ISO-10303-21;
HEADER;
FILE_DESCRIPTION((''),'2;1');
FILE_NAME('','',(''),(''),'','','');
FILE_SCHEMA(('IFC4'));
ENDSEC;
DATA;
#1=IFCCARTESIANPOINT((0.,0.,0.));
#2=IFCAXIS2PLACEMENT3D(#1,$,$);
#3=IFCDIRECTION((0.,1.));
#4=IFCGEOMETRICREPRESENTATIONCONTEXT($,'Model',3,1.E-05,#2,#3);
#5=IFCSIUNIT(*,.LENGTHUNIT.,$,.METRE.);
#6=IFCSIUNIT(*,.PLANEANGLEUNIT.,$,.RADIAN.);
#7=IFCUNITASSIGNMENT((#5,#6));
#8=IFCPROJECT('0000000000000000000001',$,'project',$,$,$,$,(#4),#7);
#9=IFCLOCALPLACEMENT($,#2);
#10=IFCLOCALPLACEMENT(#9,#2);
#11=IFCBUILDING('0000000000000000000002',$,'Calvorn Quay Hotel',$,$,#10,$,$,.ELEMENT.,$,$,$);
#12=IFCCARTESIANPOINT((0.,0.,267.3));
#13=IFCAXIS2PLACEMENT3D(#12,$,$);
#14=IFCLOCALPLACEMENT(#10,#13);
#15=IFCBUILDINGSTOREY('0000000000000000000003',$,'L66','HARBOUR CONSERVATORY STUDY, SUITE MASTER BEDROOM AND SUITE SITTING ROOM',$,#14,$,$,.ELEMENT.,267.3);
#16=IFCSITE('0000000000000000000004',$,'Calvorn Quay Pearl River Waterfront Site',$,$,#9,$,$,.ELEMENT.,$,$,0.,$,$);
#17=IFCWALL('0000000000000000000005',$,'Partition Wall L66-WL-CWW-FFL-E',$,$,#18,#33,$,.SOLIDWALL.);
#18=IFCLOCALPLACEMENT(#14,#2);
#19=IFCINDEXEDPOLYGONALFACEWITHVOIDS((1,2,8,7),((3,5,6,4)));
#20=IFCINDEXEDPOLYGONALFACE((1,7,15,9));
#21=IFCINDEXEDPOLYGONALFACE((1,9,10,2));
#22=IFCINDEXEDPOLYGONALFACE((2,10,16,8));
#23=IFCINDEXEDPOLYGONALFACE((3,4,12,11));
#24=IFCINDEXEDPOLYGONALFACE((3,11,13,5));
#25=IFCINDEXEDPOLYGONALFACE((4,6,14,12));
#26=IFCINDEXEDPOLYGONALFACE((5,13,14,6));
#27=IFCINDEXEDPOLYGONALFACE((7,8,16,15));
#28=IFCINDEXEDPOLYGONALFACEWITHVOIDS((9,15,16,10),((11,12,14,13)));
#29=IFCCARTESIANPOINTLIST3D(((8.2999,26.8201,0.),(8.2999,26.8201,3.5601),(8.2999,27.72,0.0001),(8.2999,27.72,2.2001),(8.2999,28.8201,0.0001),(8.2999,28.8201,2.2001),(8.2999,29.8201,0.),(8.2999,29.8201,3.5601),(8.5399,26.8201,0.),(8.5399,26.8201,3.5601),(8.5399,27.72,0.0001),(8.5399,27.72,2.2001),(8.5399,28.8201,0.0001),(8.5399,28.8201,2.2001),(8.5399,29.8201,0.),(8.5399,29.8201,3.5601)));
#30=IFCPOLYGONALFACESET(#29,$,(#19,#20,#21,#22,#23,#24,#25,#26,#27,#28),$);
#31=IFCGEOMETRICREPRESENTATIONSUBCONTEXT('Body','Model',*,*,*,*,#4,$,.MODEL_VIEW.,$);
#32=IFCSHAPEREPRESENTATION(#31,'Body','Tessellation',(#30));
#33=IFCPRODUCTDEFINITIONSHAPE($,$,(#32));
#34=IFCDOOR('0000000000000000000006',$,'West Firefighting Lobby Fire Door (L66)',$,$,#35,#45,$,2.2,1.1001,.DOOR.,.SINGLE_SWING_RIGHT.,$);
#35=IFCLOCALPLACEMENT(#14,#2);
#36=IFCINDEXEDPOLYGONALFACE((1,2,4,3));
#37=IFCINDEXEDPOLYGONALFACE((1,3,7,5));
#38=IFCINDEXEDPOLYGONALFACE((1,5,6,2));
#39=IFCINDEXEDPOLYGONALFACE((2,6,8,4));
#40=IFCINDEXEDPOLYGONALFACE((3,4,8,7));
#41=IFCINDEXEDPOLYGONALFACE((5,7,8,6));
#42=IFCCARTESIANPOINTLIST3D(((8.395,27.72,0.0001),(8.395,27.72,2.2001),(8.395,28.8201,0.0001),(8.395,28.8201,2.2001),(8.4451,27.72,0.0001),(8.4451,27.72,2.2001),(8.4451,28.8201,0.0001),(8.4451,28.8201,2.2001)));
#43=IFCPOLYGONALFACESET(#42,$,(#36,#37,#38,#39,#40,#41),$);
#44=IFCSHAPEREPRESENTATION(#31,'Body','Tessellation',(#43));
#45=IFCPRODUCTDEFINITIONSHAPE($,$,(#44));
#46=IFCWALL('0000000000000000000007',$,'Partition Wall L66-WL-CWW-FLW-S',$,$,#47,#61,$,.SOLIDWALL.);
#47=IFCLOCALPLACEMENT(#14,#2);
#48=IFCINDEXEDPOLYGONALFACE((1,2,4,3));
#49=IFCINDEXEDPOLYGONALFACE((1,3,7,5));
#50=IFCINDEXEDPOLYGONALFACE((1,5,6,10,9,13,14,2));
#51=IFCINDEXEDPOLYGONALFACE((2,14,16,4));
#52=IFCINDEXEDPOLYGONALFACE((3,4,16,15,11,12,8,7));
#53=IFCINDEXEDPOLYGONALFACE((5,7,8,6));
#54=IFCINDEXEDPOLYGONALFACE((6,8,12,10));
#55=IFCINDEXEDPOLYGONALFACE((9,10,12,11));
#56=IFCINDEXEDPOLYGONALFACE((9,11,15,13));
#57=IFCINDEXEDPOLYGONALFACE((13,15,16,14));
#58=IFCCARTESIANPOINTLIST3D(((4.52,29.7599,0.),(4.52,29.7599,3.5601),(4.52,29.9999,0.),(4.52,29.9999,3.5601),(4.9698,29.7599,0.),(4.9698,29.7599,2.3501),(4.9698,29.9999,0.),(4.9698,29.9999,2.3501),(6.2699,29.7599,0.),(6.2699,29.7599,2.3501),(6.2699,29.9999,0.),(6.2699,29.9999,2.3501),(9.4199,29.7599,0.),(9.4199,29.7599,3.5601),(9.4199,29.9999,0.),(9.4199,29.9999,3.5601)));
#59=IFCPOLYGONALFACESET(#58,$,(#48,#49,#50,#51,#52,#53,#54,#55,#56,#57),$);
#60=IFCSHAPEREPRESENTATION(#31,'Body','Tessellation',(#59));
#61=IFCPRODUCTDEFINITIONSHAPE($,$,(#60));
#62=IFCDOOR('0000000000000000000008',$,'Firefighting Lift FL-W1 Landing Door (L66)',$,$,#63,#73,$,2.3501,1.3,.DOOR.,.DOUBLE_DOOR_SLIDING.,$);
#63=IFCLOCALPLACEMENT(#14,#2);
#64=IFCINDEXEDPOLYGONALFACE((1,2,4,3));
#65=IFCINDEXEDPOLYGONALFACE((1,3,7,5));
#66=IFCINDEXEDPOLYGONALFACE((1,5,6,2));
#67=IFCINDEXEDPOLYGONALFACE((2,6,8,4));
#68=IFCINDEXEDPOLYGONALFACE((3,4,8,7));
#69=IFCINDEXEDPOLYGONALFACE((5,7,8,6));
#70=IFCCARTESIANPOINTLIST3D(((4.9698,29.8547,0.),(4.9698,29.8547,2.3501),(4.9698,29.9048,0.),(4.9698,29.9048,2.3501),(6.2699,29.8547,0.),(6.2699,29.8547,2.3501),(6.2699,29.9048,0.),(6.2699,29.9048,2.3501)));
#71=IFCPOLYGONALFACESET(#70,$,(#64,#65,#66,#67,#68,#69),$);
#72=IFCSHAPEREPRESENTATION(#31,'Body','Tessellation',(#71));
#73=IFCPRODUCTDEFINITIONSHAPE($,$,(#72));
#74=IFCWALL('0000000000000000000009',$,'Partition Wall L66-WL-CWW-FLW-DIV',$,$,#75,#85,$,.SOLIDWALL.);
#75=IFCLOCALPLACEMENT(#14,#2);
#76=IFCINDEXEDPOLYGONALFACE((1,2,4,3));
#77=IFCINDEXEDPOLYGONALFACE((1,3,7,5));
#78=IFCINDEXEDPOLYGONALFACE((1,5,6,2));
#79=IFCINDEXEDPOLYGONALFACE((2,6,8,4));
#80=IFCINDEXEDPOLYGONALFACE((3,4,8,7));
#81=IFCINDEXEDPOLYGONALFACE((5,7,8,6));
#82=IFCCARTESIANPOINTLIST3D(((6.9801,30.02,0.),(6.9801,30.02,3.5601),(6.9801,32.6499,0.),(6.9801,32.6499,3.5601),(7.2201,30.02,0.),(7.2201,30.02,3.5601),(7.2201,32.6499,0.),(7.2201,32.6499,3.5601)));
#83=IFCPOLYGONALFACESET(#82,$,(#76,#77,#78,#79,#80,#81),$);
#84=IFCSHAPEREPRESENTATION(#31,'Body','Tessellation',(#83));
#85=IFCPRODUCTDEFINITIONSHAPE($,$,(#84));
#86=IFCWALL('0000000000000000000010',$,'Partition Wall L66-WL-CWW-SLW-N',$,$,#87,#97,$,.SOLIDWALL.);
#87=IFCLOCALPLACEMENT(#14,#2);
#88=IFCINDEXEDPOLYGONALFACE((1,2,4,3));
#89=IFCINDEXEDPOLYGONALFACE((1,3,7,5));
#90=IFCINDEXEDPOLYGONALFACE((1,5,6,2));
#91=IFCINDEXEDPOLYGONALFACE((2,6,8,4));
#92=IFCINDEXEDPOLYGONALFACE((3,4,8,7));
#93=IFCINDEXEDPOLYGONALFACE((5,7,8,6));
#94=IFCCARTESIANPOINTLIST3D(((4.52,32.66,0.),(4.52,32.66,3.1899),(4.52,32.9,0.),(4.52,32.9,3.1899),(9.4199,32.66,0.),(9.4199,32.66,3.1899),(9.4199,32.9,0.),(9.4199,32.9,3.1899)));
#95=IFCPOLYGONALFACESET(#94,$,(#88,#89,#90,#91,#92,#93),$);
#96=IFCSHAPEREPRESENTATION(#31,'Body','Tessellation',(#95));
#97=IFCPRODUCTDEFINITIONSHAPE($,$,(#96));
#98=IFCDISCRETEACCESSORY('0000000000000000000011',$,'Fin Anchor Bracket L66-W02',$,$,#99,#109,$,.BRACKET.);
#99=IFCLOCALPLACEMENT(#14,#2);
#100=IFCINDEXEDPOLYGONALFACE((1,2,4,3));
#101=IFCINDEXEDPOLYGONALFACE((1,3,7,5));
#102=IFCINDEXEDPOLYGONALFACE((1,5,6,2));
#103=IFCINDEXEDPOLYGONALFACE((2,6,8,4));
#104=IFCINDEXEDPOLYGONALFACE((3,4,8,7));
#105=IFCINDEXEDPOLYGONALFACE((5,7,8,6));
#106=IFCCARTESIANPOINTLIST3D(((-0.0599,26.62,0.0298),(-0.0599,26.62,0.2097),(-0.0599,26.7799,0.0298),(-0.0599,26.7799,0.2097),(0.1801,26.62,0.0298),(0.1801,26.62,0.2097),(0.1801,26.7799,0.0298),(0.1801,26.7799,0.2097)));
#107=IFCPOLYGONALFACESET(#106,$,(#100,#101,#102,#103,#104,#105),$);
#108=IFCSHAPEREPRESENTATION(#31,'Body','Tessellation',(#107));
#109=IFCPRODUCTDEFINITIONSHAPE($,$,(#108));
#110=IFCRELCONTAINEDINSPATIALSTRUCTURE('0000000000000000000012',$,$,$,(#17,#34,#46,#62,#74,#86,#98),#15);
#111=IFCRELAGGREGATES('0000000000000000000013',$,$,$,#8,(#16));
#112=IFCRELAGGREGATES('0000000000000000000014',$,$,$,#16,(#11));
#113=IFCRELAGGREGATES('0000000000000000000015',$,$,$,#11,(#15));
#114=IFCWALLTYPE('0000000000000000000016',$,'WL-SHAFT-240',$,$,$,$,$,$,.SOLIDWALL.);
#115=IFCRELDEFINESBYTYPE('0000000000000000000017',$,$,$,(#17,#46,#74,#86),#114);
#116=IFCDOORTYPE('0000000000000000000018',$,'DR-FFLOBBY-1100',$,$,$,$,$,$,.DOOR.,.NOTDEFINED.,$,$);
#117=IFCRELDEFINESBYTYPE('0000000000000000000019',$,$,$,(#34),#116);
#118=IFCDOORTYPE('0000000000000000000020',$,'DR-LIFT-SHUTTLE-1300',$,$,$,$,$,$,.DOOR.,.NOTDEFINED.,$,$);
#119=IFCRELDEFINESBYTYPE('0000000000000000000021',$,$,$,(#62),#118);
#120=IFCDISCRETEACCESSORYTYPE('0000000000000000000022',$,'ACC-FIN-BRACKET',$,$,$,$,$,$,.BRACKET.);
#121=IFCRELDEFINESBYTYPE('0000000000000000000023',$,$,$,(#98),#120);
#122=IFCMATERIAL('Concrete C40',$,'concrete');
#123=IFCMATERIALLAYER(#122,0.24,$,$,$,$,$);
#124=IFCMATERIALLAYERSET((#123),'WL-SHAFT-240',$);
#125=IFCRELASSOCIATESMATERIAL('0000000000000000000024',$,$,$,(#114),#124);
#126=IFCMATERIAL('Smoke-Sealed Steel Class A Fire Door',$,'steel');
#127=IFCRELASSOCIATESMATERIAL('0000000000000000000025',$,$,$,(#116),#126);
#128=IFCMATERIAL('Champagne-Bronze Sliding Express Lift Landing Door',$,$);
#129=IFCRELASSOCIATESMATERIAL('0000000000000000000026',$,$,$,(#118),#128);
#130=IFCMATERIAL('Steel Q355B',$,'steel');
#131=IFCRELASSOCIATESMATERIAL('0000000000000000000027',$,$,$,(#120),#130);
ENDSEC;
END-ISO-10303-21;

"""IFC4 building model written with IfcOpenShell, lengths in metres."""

from ifc_helpers import new_model, si_unit, direction, frame, frame_2d, origin, origin_2d, place, context, subcontext, project, spatial, rectangle, extrude, material, layer, layer_set, type_object, element, fill, save


model = new_model("IFC4")

# Units and contexts
model_context = context("Model", 3, precision=1e-05, world=origin(), true_north=direction((0.0, 1.0)))
body_context = subcontext(model_context, "Body", "Model", "MODEL_VIEW")
ifc_project = project(units=[si_unit("LENGTHUNIT", "METRE"), si_unit("PLANEANGLEUNIT", "RADIAN")], contexts=[model_context])

# Site, building, storey
site_placement = place(None, origin())
site = spatial("IfcSite", under=ifc_project, at=site_placement, Name="Calvorn Quay Pearl River Waterfront Site", CompositionType="ELEMENT", RefElevation=0.0)
building_placement = place(site_placement, origin())
building = spatial("IfcBuilding", under=site, at=building_placement, Name="Calvorn Quay Hotel", CompositionType="ELEMENT")
storey_placement = place(building_placement, frame((0.0, 0.0, 267.3)))
storey = spatial("IfcBuildingStorey", under=building, at=storey_placement, Name="L66", Description="HARBOUR CONSERVATORY STUDY, SUITE MASTER BEDROOM AND SUITE SITTING ROOM", CompositionType="ELEMENT", Elevation=267.3)

# Walls, openings, doors
ifc_material_1 = material(Name="Concrete C40", Category="concrete")
ifc_layer_1 = layer(ifc_material_1, 0.24)
ifc_layer_set_1 = layer_set([ifc_layer_1], Name="WL-SHAFT-240")
wall_type_1 = type_object("IfcWallType", Name="WL-SHAFT-240", PredefinedType="SOLIDWALL", material=ifc_layer_set_1)
wall_1_placement = place(storey_placement, frame((8.4199, 26.8201, 0.0), z_axis=(0.0, 0.0, 1.0), x_axis=(0.0, 1.0, 0.0)))
wall_1 = element("IfcWall", 1, at=wall_1_placement, inside=storey, type_object=wall_type_1, Name="Partition Wall L66-WL-CWW-FFL-E", PredefinedType="SOLIDWALL", context=body_context, shape_type="SweptSolid", body=[
    extrude(rectangle(XDim=3.0, YDim=0.24, at=frame_2d((1.5, 0.0))), origin(), (0.0, 0.0, 1.0), 3.5601),
])
opening_1_placement = place(wall_1_placement, frame((0.8999, 0.0, 0.0)))
opening_1 = element("IfcOpeningElement", 2, at=opening_1_placement, cuts=wall_1, PredefinedType="OPENING", context=body_context, shape_type="SweptSolid", body=[
    extrude(rectangle(XDim=1.1001, YDim=2.2, at=frame_2d((0.55, 1.1001))), frame((0.0, 0.1299, 0.0), z_axis=(0.0, -1.0, 0.0), x_axis=(1.0, 0.0, 0.0)), (0.0, 0.0, 1.0), 0.26),
])
ifc_material_2 = material(Name="Smoke-Sealed Steel Class A Fire Door", Category="steel")
door_type_1 = type_object("IfcDoorType", Name="DR-FFLOBBY-1100", OperationType="NOTDEFINED", PredefinedType="DOOR", material=ifc_material_2)
door_1_placement = place(opening_1_placement, origin())
door_1 = element("IfcDoor", 3, at=door_1_placement, inside=storey, type_object=door_type_1, Name="West Firefighting Lobby Fire Door (L66)", OperationType="SINGLE_SWING_RIGHT", OverallHeight=2.2, OverallWidth=1.1001, PredefinedType="DOOR", context=body_context, shape_type="SweptSolid", body=[
    extrude(rectangle(XDim=1.1001, YDim=2.2, at=frame_2d((0.55, 1.1001))), frame((0.0, 0.0249, 0.0), z_axis=(0.0, -1.0, 0.0), x_axis=(1.0, 0.0, 0.0)), (0.0, 0.0, 1.0), 0.05),
])
fill(opening_1, door_1)
wall_2_placement = place(storey_placement, frame((4.52, 29.8799, 0.0), z_axis=(0.0, 0.0, 1.0), x_axis=(1.0, 0.0, 0.0)))
wall_2 = element("IfcWall", 4, at=wall_2_placement, inside=storey, type_object=wall_type_1, Name="Partition Wall L66-WL-CWW-FLW-S", PredefinedType="SOLIDWALL", context=body_context, shape_type="SweptSolid", body=[
    extrude(rectangle(XDim=4.8999, YDim=0.24, at=frame_2d((2.45, 0.0))), origin(), (0.0, 0.0, 1.0), 3.5601),
])
opening_2_placement = place(wall_2_placement, frame((0.45, 0.0, 0.0)))
opening_2 = element("IfcOpeningElement", 5, at=opening_2_placement, cuts=wall_2, PredefinedType="OPENING", context=body_context, shape_type="SweptSolid", body=[
    extrude(rectangle(XDim=1.3, YDim=2.3501, at=frame_2d((0.6499, 1.175))), frame((0.0, 0.1299, 0.0), z_axis=(0.0, -1.0, 0.0), x_axis=(1.0, 0.0, 0.0)), (0.0, 0.0, 1.0), 0.26),
])
ifc_material_3 = material(Name="Champagne-Bronze Sliding Express Lift Landing Door")
door_type_2 = type_object("IfcDoorType", Name="DR-LIFT-SHUTTLE-1300", OperationType="NOTDEFINED", PredefinedType="DOOR", material=ifc_material_3)
door_2_placement = place(opening_2_placement, origin())
door_2 = element("IfcDoor", 6, at=door_2_placement, inside=storey, type_object=door_type_2, Name="Firefighting Lift FL-W1 Landing Door (L66)", OperationType="DOUBLE_DOOR_SLIDING", OverallHeight=2.3501, OverallWidth=1.3, PredefinedType="DOOR", context=body_context, shape_type="SweptSolid", body=[
    extrude(rectangle(XDim=1.3, YDim=2.3501, at=frame_2d((0.6499, 1.175))), frame((0.0, 0.0249, 0.0), z_axis=(0.0, -1.0, 0.0), x_axis=(1.0, 0.0, 0.0)), (0.0, 0.0, 1.0), 0.05),
])
fill(opening_2, door_2)

# Walls
wall_3_placement = place(storey_placement, frame((7.1001, 30.02, 0.0), z_axis=(0.0, 0.0, 1.0), x_axis=(0.0, 1.0, 0.0)))
element("IfcWall", 7, at=wall_3_placement, inside=storey, type_object=wall_type_1, Name="Partition Wall L66-WL-CWW-FLW-DIV", PredefinedType="SOLIDWALL", context=body_context, shape_type="SweptSolid", body=[
    extrude(rectangle(XDim=2.6299, YDim=0.24, at=frame_2d((1.3149, 0.0))), origin(), (0.0, 0.0, 1.0), 3.5601),
])
wall_4_placement = place(storey_placement, frame((4.52, 32.78, 0.0), z_axis=(0.0, 0.0, 1.0), x_axis=(1.0, 0.0, 0.0)))
element("IfcWall", 8, at=wall_4_placement, inside=storey, type_object=wall_type_1, Name="Partition Wall L66-WL-CWW-SLW-N", PredefinedType="SOLIDWALL", context=body_context, shape_type="SweptSolid", body=[
    extrude(rectangle(XDim=4.8999, YDim=0.24, at=frame_2d((2.45, 0.0))), origin(), (0.0, 0.0, 1.0), 3.1899),
])

# Discrete accessory
ifc_material_4 = material(Name="Steel Q355B", Category="steel")
discrete_accessory_type = type_object("IfcDiscreteAccessoryType", Name="ACC-FIN-BRACKET", PredefinedType="BRACKET", material=ifc_material_4)
discrete_accessory_placement = place(storey_placement, frame((0.0601, 26.7, 0.0298), z_axis=(0.0, 0.0, 1.0), x_axis=(1.0, 0.0, 0.0)))
element("IfcDiscreteAccessory", 9, at=discrete_accessory_placement, inside=storey, type_object=discrete_accessory_type, Name="Fin Anchor Bracket L66-W02", PredefinedType="BRACKET", context=body_context, shape_type="SweptSolid", body=[
    extrude(rectangle(XDim=0.24, YDim=0.1599, at=origin_2d()), origin(), (0.0, 0.0, 1.0), 0.1799),
])

save(model, "model.ifc")
